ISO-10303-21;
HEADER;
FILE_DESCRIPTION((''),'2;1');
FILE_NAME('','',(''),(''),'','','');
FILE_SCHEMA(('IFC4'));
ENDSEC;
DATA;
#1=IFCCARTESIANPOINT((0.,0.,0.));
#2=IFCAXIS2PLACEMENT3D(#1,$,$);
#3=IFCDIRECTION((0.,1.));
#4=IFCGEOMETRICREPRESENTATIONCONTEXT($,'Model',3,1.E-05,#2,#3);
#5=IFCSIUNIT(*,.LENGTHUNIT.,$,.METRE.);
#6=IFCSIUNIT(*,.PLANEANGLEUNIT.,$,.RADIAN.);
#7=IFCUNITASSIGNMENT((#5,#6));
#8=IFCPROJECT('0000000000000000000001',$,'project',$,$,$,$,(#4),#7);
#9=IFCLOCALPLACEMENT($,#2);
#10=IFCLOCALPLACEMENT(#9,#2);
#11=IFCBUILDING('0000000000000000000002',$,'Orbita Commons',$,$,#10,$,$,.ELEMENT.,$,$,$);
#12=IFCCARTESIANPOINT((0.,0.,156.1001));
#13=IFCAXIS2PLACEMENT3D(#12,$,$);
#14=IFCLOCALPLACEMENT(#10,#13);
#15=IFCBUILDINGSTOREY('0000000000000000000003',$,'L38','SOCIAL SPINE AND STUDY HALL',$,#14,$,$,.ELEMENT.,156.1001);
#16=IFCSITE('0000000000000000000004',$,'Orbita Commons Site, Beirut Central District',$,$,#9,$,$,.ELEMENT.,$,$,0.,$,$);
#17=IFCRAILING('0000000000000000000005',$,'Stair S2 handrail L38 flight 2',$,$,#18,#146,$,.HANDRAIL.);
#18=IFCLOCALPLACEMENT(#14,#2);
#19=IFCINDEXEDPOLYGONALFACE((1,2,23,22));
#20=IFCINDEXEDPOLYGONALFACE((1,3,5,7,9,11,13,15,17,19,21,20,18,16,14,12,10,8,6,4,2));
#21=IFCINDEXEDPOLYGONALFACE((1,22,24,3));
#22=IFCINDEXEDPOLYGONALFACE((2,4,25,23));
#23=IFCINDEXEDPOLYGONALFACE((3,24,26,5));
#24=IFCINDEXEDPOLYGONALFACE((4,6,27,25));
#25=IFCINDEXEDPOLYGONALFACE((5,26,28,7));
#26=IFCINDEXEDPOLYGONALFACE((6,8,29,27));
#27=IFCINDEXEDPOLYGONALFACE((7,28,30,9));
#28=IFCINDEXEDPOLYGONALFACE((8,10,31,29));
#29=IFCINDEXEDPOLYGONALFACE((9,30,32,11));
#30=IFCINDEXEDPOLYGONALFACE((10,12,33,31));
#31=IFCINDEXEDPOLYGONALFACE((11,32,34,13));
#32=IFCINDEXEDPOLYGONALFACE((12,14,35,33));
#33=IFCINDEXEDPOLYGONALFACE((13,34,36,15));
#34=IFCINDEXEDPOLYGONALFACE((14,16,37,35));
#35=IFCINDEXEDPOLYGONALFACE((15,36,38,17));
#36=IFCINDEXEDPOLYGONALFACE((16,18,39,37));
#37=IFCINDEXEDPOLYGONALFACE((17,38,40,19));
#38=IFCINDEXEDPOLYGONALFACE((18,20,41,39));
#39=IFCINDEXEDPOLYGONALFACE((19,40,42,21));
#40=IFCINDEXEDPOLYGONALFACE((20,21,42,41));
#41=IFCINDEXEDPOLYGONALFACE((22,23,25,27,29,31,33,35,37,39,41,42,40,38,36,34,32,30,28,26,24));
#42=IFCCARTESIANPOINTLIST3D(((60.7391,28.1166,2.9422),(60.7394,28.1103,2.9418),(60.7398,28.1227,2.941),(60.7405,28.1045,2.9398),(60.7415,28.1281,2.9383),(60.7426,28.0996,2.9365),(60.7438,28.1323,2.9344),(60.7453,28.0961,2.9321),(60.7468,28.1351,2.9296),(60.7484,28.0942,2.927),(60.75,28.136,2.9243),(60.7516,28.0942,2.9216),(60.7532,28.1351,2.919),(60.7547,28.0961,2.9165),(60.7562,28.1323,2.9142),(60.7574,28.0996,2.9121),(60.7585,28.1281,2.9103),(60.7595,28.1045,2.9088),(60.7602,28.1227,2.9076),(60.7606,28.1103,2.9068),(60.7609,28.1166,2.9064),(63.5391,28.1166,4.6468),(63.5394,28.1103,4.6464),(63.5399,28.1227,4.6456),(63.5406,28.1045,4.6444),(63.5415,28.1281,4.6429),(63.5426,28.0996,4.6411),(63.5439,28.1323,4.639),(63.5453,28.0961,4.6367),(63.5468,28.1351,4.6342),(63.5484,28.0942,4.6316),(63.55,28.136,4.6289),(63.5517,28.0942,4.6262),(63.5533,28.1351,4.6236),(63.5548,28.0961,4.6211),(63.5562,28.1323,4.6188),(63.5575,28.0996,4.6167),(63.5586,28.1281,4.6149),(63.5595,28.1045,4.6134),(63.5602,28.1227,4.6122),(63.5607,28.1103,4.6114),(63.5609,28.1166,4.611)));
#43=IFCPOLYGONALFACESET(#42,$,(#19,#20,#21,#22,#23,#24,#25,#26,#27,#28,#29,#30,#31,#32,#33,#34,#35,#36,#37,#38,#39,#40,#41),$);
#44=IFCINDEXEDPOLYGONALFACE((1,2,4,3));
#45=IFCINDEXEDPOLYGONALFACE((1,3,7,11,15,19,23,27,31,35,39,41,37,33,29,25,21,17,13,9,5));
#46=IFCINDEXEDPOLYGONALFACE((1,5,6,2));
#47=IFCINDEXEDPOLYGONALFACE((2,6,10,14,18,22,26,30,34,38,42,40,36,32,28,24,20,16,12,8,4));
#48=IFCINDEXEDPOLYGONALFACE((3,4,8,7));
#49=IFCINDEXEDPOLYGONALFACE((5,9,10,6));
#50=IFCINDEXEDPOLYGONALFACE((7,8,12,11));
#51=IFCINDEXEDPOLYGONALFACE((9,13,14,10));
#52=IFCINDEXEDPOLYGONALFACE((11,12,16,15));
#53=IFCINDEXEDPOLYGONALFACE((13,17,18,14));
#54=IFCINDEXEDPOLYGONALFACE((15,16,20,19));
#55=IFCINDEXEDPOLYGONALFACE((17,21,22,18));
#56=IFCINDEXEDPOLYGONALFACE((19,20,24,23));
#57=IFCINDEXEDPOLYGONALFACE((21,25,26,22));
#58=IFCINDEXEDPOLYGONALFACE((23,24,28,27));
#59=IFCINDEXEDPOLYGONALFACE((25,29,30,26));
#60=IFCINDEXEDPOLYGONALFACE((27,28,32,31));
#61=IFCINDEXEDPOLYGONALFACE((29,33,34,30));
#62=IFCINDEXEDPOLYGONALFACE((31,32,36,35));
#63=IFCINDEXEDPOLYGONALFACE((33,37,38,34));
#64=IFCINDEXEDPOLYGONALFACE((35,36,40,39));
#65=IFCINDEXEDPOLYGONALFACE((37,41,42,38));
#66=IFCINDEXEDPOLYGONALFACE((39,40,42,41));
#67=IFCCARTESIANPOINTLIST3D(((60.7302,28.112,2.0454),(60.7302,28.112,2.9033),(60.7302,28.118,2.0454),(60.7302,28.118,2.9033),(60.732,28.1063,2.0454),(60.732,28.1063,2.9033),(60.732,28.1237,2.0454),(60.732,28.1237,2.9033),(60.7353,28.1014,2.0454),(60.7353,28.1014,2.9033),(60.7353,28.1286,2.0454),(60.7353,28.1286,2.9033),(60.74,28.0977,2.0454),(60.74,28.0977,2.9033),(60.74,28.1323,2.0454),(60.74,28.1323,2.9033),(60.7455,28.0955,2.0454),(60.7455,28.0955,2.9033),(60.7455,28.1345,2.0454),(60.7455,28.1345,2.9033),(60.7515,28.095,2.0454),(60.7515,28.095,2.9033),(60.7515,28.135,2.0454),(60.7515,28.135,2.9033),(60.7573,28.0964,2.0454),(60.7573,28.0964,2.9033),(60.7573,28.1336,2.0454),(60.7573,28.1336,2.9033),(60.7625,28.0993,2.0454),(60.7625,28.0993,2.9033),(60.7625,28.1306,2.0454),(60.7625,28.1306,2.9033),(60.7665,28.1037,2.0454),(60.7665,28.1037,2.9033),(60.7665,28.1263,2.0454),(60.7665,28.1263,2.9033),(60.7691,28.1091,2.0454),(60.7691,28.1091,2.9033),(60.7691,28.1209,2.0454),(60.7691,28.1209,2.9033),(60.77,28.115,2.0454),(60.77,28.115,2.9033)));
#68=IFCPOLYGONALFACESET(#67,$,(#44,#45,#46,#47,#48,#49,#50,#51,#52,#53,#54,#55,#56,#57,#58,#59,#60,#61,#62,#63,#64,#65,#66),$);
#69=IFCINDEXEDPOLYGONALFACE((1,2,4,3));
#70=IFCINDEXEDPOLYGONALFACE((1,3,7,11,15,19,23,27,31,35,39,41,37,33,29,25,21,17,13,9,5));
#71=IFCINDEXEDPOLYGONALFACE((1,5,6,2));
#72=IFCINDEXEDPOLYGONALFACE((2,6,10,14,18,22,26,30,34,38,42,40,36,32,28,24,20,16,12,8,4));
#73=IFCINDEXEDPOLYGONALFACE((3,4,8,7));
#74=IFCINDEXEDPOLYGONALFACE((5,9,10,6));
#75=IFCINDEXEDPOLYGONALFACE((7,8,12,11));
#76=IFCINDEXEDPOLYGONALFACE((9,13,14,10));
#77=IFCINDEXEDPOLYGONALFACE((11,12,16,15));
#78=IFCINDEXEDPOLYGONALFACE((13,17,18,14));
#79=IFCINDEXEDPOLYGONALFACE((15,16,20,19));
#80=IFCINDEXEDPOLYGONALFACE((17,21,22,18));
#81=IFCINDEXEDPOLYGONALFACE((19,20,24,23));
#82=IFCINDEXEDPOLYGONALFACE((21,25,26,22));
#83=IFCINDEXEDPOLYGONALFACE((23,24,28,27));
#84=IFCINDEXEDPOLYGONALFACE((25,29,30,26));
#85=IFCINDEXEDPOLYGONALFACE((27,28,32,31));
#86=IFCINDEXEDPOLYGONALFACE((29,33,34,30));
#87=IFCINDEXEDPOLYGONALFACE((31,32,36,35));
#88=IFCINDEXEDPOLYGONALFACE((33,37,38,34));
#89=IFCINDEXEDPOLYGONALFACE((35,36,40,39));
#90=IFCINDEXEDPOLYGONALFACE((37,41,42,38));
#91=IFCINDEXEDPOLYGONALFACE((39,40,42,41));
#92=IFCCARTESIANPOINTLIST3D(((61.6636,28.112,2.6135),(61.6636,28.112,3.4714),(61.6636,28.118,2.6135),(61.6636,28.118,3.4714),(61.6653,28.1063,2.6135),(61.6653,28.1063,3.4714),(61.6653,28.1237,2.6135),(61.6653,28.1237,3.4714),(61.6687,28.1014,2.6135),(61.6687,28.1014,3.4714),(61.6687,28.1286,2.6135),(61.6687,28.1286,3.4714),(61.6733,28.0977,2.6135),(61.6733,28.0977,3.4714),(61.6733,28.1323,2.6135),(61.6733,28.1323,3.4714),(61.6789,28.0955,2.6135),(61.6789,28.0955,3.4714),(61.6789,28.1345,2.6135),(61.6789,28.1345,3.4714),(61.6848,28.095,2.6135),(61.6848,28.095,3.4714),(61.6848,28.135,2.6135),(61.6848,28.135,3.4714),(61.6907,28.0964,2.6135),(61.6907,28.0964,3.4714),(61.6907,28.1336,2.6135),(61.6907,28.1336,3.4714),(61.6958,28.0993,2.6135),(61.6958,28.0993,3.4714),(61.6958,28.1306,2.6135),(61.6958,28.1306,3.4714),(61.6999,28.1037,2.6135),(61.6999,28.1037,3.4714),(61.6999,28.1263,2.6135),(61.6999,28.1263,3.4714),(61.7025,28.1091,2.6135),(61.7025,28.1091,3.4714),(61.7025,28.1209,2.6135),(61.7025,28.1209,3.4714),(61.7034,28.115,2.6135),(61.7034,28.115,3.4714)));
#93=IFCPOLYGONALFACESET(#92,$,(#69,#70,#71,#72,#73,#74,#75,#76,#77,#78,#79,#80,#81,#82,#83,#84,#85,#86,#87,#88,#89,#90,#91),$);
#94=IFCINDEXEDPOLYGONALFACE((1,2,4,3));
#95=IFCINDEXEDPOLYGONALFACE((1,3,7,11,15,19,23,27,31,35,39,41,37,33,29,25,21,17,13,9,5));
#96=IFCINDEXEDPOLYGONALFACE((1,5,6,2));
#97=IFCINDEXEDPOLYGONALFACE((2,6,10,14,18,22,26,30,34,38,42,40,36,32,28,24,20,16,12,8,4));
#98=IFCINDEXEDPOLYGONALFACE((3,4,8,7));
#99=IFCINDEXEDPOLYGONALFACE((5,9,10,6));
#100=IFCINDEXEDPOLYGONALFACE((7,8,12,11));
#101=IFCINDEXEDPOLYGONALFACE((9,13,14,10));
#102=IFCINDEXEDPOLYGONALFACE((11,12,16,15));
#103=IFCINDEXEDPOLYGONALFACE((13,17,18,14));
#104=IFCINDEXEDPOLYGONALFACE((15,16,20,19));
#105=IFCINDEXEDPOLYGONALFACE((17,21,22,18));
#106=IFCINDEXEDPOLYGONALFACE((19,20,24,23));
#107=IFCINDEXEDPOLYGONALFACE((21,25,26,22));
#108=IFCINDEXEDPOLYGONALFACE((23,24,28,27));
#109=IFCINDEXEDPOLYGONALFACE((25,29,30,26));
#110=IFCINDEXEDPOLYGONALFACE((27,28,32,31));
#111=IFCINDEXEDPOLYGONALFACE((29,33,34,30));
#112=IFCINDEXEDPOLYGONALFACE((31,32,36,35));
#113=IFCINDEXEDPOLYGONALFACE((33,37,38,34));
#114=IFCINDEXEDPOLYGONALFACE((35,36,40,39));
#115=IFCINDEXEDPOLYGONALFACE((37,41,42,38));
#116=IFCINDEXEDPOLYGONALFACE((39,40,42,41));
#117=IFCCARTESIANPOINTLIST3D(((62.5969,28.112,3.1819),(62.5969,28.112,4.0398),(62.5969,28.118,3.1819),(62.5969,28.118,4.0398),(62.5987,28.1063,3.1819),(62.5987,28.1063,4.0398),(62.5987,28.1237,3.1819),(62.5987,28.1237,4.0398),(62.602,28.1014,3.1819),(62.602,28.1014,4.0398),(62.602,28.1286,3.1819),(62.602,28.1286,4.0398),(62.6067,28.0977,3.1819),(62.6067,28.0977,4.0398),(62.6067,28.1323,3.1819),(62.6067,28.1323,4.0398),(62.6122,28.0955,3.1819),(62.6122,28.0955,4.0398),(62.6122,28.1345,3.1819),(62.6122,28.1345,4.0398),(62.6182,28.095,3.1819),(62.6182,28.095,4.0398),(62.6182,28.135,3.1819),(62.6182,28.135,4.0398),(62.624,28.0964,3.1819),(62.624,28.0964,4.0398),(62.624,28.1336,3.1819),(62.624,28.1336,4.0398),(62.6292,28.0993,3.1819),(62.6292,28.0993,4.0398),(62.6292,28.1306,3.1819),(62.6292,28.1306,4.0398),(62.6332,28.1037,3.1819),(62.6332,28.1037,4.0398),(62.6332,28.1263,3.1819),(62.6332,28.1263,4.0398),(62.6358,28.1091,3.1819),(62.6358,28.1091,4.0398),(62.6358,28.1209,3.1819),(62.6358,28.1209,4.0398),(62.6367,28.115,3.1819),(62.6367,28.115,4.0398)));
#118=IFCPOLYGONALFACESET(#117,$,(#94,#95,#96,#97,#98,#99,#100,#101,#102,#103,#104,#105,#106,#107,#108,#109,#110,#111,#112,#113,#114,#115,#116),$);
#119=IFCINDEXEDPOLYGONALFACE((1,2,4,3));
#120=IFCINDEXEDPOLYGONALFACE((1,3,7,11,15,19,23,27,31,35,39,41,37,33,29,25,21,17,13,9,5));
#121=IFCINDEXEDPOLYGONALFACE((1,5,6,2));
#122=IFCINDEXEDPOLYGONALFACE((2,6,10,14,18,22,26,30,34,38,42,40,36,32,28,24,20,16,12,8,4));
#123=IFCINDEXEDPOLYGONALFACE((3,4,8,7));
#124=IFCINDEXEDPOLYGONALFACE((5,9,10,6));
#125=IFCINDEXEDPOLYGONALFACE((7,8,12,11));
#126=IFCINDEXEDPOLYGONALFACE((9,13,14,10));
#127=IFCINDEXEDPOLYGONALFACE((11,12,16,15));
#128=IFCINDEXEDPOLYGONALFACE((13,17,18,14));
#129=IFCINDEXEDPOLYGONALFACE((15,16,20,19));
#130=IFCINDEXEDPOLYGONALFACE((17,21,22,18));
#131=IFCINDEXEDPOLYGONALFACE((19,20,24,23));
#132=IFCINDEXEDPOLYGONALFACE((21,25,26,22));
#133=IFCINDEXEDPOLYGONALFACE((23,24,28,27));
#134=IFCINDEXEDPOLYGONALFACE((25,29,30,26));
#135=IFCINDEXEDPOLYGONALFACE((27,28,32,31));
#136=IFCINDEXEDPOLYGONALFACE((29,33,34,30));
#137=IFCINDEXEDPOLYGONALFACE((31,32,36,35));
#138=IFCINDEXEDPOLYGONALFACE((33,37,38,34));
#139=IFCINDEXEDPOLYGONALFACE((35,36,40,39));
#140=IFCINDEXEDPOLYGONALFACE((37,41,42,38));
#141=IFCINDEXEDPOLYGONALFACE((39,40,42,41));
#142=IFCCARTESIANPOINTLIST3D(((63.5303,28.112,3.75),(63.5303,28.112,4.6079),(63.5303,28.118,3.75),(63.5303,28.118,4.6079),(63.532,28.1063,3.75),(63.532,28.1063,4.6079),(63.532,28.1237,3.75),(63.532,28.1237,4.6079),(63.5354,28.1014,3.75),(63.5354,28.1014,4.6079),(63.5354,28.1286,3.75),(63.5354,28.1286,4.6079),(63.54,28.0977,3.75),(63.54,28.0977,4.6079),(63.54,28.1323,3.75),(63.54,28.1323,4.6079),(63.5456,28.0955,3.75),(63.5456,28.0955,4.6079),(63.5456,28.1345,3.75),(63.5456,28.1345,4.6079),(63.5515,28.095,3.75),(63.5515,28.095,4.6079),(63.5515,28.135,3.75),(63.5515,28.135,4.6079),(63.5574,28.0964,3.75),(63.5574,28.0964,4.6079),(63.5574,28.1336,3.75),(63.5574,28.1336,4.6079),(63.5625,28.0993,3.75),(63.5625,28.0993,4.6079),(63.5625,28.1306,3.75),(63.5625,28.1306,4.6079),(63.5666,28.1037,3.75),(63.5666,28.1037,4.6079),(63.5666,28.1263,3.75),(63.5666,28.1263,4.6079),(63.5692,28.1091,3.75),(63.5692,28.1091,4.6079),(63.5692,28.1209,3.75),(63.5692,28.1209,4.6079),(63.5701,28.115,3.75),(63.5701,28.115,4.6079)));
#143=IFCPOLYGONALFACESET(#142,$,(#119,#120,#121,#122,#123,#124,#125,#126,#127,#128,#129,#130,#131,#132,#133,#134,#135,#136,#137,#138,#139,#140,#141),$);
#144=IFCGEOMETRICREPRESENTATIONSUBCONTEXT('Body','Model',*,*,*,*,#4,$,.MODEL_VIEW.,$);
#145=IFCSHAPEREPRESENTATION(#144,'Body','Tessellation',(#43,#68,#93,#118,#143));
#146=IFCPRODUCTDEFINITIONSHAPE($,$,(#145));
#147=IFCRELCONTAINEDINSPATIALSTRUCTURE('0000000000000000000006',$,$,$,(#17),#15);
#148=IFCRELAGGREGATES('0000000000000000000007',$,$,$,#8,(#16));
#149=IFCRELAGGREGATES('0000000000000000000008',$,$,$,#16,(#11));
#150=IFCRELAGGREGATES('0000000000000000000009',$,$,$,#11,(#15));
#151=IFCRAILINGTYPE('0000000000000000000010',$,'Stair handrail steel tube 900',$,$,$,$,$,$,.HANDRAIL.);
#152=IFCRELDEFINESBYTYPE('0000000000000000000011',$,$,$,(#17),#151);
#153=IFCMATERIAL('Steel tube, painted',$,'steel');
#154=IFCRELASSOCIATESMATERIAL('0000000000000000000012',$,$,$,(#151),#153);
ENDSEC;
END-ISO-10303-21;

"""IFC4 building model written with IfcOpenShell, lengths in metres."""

from ifc_helpers import new_model, si_unit, direction, frame, origin, origin_2d, place, context, subcontext, project, spatial, circle, extrude, material, type_object, element, save


model = new_model("IFC4")

# Units and contexts
model_context = context("Model", 3, precision=1e-05, world=origin(), true_north=direction((0.0, 1.0)))
body_context = subcontext(model_context, "Body", "Model", "MODEL_VIEW")
ifc_project = project(units=[si_unit("LENGTHUNIT", "METRE"), si_unit("PLANEANGLEUNIT", "RADIAN")], contexts=[model_context])

# Site, building, storey
site_placement = place(None, origin())
site = spatial("IfcSite", under=ifc_project, at=site_placement, Name="Orbita Commons Site, Beirut Central District", CompositionType="ELEMENT", RefElevation=0.0)
building_placement = place(site_placement, origin())
building = spatial("IfcBuilding", under=site, at=building_placement, Name="Orbita Commons", CompositionType="ELEMENT")
storey_placement = place(building_placement, frame((0.0, 0.0, 156.1001)))
storey = spatial("IfcBuildingStorey", under=building, at=storey_placement, Name="L38", Description="SOCIAL SPINE AND STUDY HALL", CompositionType="ELEMENT", Elevation=156.1001)

# Railing
ifc_material_1 = material(Name="Steel tube, painted", Category="steel")
railing_type = type_object("IfcRailingType", Name="Stair handrail steel tube 900", PredefinedType="HANDRAIL", material=ifc_material_1)
for number, where, name in (
    (1, (60.75, 28.115, 2.0454), "Stair S2 handrail L38 flight 2"),
):
    element("IfcRailing", number, at=place(storey_placement, frame(where)), inside=storey, type_object=railing_type, Name=name, PredefinedType="HANDRAIL", context=body_context, shape_type="SweptSolid", body=[
        extrude(circle(Radius=0.021, at=origin_2d()), frame((0.0, 0.0, 0.8789), z_axis=(0.85417, 0.0, 0.519994), x_axis=(0.0, 1.0, 0.0)), (0.0, 0.0, 1.0), 3.2781),
        extrude(circle(Radius=0.02, at=origin_2d()), origin(), (0.0, 0.0, 1.0), 0.8579),
        extrude(circle(Radius=0.02, at=origin_2d()), frame((0.9333, 0.0, 0.5681)), (0.0, 0.0, 1.0), 0.8579),
        extrude(circle(Radius=0.02, at=origin_2d()), frame((1.8667, 0.0, 1.1365)), (0.0, 0.0, 1.0), 0.8579),
        extrude(circle(Radius=0.02, at=origin_2d()), frame((2.8, 0.0, 1.7046)), (0.0, 0.0, 1.0), 0.8579),
    ])

save(model, "model.ifc")
